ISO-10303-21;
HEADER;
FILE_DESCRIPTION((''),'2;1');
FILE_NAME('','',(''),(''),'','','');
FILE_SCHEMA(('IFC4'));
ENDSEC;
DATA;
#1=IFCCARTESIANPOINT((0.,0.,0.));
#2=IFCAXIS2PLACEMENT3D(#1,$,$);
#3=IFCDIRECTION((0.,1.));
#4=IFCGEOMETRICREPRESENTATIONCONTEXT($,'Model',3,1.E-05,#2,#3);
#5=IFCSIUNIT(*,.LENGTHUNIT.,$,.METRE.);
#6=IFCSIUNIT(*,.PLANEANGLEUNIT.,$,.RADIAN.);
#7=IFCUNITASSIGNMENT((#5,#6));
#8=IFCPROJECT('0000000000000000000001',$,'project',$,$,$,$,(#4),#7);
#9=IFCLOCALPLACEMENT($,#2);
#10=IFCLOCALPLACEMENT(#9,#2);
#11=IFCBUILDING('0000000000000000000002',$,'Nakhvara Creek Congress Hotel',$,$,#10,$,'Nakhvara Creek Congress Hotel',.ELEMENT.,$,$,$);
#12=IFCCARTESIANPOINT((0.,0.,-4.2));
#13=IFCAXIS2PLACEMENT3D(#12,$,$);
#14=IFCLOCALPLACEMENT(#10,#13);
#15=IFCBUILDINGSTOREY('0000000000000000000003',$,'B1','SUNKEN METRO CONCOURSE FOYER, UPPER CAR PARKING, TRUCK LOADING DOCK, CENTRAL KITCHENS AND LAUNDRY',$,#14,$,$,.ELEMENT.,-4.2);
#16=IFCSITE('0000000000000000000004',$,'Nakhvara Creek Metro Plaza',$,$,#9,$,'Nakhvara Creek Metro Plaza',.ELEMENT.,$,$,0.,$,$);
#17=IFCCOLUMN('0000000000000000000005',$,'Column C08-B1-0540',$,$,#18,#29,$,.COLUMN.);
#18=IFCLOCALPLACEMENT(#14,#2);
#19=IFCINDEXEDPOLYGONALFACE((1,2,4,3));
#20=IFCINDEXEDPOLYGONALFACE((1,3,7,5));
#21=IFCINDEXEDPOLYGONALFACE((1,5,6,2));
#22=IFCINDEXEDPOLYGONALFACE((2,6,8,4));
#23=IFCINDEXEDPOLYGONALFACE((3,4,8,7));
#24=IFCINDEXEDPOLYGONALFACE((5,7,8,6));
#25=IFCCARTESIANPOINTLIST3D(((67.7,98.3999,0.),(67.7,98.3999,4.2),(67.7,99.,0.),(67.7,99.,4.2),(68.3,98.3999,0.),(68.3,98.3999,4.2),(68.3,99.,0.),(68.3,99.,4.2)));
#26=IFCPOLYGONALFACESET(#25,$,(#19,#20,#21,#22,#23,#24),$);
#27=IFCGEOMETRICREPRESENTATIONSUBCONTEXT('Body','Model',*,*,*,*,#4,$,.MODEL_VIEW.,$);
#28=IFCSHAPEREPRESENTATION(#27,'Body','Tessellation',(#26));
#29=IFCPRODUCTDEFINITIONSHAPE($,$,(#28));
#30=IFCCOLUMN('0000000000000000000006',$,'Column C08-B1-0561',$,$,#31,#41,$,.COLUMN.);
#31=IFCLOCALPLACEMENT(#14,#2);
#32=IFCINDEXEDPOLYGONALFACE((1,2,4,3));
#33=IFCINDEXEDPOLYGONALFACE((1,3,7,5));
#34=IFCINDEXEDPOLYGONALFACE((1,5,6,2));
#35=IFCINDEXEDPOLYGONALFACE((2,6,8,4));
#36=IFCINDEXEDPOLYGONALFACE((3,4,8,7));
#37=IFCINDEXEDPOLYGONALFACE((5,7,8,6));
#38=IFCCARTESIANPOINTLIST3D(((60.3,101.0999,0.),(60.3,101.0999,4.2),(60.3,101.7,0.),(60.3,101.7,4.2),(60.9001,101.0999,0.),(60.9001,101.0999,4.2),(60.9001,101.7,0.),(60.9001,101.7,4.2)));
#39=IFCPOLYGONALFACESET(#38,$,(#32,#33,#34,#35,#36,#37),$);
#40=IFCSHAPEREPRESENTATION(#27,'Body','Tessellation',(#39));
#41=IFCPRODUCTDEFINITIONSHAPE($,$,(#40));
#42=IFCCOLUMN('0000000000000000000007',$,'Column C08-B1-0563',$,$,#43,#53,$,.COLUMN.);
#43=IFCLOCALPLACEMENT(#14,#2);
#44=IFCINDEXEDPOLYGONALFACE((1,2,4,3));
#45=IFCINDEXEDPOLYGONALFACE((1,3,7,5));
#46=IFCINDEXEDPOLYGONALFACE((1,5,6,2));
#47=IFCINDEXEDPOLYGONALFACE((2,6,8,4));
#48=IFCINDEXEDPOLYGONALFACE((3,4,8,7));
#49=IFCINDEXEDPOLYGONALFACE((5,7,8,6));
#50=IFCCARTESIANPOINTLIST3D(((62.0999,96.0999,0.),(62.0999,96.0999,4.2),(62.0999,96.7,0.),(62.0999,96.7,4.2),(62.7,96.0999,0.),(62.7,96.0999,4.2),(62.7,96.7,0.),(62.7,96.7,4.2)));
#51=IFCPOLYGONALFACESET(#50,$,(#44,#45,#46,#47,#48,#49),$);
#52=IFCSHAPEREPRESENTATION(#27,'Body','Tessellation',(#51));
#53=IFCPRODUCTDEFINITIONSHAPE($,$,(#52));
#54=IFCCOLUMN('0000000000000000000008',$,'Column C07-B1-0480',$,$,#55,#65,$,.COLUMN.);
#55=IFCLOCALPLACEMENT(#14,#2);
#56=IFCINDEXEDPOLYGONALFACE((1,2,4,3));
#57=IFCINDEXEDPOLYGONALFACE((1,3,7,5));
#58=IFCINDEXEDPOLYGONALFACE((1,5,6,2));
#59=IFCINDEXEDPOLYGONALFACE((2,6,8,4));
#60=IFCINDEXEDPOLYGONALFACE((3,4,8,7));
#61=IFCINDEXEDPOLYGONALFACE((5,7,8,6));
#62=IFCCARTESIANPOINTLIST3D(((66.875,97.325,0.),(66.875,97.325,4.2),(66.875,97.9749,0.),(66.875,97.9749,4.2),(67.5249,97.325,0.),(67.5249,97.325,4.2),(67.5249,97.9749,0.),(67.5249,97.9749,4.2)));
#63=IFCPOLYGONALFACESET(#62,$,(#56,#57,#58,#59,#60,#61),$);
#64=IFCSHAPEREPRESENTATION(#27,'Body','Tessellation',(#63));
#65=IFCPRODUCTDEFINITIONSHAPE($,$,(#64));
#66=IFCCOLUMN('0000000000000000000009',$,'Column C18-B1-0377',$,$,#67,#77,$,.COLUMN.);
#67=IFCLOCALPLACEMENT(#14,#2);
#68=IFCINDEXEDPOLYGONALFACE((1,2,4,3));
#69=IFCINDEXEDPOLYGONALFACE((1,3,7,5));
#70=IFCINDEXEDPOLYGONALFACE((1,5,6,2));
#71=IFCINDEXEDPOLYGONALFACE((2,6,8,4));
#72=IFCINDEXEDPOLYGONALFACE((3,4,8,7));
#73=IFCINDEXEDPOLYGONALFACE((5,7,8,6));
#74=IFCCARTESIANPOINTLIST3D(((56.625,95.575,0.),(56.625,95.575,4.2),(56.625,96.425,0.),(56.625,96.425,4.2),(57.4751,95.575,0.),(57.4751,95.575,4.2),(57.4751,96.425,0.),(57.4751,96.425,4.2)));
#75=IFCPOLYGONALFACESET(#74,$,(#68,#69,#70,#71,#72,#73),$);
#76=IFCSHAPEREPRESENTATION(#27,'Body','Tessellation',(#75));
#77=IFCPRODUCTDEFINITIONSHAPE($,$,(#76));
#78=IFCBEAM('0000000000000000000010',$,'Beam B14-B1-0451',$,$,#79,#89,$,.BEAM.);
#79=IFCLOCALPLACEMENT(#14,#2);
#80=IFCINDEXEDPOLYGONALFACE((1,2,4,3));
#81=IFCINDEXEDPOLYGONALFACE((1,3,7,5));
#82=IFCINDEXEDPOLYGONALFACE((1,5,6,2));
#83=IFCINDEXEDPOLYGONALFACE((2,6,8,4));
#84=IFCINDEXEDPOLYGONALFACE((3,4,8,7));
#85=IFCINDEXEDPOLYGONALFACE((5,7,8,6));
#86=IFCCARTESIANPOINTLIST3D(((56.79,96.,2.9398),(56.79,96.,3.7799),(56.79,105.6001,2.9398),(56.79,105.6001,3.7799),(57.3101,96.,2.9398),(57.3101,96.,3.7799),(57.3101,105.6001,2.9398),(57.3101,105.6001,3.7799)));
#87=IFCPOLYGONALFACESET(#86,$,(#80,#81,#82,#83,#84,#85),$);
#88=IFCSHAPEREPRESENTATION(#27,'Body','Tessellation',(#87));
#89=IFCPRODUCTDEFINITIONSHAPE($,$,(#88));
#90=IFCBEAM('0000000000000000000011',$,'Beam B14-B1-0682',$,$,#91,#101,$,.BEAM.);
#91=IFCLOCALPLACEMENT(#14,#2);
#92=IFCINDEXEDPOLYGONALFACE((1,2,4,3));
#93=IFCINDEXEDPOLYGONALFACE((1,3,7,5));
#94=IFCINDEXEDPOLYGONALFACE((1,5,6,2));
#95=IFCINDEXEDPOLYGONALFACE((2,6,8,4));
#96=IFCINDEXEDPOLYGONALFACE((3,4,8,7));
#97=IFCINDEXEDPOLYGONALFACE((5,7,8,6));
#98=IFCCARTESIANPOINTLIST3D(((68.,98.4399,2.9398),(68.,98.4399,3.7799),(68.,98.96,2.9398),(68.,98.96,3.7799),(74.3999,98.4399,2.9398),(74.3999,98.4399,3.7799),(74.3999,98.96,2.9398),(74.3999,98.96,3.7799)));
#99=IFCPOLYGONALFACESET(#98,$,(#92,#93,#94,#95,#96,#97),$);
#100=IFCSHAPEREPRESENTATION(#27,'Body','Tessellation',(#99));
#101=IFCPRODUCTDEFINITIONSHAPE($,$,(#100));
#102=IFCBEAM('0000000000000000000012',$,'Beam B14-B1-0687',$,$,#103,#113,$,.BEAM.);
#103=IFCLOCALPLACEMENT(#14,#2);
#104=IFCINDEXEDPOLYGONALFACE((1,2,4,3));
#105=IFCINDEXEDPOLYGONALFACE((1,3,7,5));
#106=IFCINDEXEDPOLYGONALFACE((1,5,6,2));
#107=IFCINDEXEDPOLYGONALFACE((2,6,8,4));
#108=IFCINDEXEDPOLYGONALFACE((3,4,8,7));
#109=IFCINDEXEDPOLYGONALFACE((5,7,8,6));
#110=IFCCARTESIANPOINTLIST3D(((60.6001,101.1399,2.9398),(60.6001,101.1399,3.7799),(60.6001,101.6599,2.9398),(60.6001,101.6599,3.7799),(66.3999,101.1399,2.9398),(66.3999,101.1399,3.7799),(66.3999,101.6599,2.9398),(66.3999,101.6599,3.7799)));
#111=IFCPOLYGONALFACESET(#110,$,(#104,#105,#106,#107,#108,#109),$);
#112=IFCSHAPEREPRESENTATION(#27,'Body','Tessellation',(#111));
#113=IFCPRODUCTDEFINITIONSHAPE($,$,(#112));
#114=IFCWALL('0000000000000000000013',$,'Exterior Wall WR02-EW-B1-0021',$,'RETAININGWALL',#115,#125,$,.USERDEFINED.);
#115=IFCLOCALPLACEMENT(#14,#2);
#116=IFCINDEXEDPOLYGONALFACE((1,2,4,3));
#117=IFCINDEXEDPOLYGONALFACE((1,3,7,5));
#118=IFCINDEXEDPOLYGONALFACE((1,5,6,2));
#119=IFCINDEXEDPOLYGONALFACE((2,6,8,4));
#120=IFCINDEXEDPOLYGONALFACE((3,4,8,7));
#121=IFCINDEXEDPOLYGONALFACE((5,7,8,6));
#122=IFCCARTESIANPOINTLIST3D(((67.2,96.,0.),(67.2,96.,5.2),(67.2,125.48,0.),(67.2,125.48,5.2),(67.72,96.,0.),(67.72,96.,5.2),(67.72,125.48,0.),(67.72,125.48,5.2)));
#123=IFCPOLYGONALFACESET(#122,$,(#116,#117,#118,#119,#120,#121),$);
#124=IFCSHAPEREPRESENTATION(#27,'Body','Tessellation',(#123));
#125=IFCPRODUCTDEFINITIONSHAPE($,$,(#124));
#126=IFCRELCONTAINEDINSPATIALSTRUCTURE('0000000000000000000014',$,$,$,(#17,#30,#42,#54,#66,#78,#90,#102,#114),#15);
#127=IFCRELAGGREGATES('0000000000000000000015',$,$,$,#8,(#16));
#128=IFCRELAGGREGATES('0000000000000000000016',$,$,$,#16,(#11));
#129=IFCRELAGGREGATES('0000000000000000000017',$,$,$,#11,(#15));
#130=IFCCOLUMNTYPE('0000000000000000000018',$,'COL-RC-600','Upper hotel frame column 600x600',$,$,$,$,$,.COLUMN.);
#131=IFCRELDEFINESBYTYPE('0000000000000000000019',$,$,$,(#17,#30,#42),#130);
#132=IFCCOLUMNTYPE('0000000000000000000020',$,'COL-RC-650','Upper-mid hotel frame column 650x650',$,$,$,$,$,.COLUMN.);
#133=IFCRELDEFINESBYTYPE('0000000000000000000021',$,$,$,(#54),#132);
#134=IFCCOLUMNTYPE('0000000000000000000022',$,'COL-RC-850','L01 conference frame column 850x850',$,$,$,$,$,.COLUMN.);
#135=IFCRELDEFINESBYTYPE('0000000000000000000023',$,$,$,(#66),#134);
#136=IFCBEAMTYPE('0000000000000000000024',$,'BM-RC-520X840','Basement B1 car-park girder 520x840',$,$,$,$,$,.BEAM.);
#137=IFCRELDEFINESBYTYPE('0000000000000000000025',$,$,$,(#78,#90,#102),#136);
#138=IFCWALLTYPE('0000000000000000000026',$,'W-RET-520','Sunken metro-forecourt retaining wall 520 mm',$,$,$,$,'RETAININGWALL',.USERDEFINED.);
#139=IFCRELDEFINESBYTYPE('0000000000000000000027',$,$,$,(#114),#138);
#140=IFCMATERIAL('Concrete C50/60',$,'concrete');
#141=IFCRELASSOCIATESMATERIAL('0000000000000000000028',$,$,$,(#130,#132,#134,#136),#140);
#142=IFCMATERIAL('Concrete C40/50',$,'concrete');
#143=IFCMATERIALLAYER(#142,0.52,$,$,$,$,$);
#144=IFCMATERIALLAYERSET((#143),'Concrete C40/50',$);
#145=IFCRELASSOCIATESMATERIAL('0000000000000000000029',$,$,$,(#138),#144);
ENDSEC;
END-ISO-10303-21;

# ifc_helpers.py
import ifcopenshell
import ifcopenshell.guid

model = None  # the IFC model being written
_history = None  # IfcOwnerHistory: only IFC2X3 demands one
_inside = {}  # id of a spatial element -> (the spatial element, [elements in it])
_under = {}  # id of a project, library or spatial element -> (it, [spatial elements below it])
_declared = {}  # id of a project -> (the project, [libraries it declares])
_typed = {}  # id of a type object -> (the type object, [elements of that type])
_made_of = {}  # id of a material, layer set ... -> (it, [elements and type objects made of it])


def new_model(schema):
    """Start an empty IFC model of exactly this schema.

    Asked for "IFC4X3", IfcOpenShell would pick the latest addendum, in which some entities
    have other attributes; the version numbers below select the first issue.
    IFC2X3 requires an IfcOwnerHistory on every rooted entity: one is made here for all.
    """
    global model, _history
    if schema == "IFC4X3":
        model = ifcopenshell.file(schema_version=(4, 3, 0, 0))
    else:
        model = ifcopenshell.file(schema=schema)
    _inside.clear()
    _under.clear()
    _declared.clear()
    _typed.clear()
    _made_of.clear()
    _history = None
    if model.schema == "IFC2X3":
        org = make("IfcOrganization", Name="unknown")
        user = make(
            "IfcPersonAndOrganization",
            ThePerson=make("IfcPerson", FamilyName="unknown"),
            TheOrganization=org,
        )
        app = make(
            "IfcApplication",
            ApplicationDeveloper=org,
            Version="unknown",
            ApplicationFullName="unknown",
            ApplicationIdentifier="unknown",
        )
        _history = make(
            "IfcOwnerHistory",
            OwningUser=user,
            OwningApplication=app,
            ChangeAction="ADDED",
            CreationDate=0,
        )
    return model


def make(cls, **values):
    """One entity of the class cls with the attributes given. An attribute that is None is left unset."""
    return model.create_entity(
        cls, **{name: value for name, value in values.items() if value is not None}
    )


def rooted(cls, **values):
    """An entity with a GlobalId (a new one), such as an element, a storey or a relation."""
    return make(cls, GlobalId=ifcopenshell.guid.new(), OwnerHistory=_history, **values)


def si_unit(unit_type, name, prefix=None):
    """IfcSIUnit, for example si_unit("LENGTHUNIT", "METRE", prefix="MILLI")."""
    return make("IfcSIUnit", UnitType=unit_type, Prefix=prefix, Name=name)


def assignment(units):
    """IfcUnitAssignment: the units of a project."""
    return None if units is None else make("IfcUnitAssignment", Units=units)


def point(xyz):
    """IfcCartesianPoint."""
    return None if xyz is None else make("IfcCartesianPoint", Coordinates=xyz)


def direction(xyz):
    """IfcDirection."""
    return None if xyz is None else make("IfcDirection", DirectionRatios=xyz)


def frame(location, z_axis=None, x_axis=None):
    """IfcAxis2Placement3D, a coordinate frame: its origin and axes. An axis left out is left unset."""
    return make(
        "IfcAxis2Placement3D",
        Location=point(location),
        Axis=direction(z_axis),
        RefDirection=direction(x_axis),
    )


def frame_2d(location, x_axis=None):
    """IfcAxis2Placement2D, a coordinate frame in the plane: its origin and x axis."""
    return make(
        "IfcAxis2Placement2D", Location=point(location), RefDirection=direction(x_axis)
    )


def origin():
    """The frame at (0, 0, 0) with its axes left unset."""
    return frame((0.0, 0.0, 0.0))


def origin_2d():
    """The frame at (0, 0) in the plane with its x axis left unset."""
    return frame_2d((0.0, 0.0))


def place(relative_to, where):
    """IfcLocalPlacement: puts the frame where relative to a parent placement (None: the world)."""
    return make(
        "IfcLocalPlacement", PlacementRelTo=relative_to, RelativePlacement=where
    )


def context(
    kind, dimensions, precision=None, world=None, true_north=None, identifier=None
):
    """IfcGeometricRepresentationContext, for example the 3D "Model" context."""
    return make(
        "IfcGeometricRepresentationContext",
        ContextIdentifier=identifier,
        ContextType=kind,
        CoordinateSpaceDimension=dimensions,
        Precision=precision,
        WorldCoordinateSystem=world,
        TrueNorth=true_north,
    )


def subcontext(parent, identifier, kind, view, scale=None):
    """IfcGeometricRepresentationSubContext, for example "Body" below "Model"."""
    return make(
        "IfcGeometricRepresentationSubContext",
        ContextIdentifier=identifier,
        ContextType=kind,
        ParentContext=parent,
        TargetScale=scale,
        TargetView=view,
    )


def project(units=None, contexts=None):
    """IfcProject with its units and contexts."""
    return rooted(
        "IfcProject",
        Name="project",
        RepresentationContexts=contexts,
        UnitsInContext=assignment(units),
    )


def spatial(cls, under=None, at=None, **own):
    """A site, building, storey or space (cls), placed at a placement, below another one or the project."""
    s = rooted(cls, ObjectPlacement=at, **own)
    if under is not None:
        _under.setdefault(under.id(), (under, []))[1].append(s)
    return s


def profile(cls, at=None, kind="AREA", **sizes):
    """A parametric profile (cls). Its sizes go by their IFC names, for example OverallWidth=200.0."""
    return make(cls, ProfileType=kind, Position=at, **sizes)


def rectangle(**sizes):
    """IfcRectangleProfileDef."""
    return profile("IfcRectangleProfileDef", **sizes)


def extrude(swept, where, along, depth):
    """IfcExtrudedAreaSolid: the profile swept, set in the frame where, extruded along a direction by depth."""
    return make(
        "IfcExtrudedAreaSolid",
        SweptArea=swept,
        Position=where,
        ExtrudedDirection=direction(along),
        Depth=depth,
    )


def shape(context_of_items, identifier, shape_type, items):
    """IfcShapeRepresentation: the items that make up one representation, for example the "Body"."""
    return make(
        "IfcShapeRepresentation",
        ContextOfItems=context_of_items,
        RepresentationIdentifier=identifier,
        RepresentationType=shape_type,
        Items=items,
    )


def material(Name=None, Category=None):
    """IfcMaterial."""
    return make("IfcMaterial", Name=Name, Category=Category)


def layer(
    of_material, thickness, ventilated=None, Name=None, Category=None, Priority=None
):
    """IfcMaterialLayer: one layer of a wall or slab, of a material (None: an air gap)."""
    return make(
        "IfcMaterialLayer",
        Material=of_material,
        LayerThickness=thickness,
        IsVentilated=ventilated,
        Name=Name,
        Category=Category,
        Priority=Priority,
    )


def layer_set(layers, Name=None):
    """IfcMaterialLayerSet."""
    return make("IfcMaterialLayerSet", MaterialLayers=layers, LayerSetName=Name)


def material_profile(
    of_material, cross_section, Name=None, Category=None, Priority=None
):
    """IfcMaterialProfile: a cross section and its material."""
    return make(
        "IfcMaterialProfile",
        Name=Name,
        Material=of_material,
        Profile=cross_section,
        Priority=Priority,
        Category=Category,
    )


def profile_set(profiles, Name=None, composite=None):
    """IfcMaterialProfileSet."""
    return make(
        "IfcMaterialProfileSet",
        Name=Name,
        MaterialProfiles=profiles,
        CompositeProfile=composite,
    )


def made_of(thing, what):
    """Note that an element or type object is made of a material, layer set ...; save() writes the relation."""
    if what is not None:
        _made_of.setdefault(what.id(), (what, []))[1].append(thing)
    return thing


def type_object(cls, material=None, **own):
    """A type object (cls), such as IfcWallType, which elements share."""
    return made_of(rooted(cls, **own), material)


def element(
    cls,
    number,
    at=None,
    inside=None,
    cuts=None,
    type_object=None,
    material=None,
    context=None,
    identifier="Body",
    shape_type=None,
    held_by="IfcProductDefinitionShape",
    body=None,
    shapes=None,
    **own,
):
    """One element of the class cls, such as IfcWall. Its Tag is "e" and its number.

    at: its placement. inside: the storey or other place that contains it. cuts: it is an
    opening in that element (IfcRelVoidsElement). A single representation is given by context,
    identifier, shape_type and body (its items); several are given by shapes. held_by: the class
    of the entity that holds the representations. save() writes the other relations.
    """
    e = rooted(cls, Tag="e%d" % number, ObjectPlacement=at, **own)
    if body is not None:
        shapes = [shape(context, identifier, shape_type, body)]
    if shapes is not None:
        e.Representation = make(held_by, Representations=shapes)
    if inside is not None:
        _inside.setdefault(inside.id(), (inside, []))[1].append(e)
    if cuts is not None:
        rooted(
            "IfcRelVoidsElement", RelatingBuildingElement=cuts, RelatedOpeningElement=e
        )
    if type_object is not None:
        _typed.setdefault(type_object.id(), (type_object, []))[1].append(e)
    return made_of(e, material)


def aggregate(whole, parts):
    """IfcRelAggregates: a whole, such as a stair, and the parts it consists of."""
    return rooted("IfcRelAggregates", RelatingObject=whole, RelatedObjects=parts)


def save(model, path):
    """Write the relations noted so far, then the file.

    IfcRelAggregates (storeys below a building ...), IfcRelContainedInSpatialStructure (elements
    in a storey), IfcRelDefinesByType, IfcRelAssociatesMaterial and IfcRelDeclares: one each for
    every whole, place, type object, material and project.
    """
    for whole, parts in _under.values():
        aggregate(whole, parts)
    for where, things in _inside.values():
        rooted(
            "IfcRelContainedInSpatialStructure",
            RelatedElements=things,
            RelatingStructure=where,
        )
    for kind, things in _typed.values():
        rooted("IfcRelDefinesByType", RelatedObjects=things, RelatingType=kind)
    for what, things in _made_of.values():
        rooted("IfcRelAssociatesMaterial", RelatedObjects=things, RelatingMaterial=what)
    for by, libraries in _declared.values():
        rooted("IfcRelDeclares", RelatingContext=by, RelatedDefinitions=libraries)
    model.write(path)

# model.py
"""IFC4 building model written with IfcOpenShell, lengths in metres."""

from ifc_helpers import new_model, si_unit, direction, frame, frame_2d, origin, origin_2d, place, context, subcontext, project, spatial, rectangle, extrude, material, layer, layer_set, material_profile, profile_set, type_object, element, save


model = new_model("IFC4")

# Units and contexts
model_context = context("Model", 3, precision=1e-05, world=origin(), true_north=direction((0.0, 1.0)))
body_context = subcontext(model_context, "Body", "Model", "MODEL_VIEW")
ifc_project = project(units=[si_unit("LENGTHUNIT", "METRE"), si_unit("PLANEANGLEUNIT", "RADIAN")], contexts=[model_context])

# Site, building, storey
site_placement = place(None, origin())
site = spatial("IfcSite", under=ifc_project, at=site_placement, Name="Nakhvara Creek Metro Plaza", LongName="Nakhvara Creek Metro Plaza", CompositionType="ELEMENT", RefElevation=0.0)
building_placement = place(site_placement, origin())
building = spatial("IfcBuilding", under=site, at=building_placement, Name="Nakhvara Creek Congress Hotel", LongName="Nakhvara Creek Congress Hotel", CompositionType="ELEMENT")
storey_placement = place(building_placement, frame((0.0, 0.0, -4.2)))
storey = spatial("IfcBuildingStorey", under=building, at=storey_placement, Name="B1", Description="SUNKEN METRO CONCOURSE FOYER, UPPER CAR PARKING, TRUCK LOADING DOCK, CENTRAL KITCHENS AND LAUNDRY", CompositionType="ELEMENT", Elevation=-4.2)

# Columns
ifc_material_1 = material(Name="Concrete C50/60", Category="concrete")
ifc_material_profile_1 = material_profile(ifc_material_1, rectangle(XDim=0.6001, YDim=0.6001, at=origin_2d()), Name="RC-COL 600x600", Category="LoadBearing")
ifc_profile_set_1 = profile_set([ifc_material_profile_1], Name="Concrete C50/60")
column_type_1 = type_object("IfcColumnType", Name="COL-RC-600", Description="Upper hotel frame column 600x600", PredefinedType="COLUMN", material=ifc_profile_set_1)
for number, where, z_axis, x_axis, name in (
    (1, (68.0, 98.7, 0.0), (0.0, 0.0, 1.0), (1.0, 0.0, 0.0), "Column C08-B1-0540"),
    (2, (60.6001, 101.3999, 0.0), (0.0, 0.0, 1.0), (1.0, 0.0, 0.0), "Column C08-B1-0561"),
    (3, (62.3999, 96.3999, 0.0), (0.0, 0.0, 1.0), (1.0, 0.0, 0.0), "Column C08-B1-0563"),
):
    element("IfcColumn", number, at=place(storey_placement, frame(where, z_axis=z_axis, x_axis=x_axis)), inside=storey, type_object=column_type_1, Name=name, PredefinedType="COLUMN", context=body_context, shape_type="SweptSolid", body=[
        extrude(rectangle(XDim=0.6001, YDim=0.6001, at=origin_2d()), origin(), (0.0, 0.0, 1.0), 4.2),
    ])
ifc_material_profile_2 = material_profile(ifc_material_1, rectangle(XDim=0.6499, YDim=0.6499, at=origin_2d()), Name="RC-COL 650x650", Category="LoadBearing")
ifc_profile_set_2 = profile_set([ifc_material_profile_2], Name="Concrete C50/60")
column_type_2 = type_object("IfcColumnType", Name="COL-RC-650", Description="Upper-mid hotel frame column 650x650", PredefinedType="COLUMN", material=ifc_profile_set_2)
column_1_placement = place(storey_placement, frame((67.2, 97.6499, 0.0), z_axis=(0.0, 0.0, 1.0), x_axis=(1.0, 0.0, 0.0)))
element("IfcColumn", 4, at=column_1_placement, inside=storey, type_object=column_type_2, Name="Column C07-B1-0480", PredefinedType="COLUMN", context=body_context, shape_type="SweptSolid", body=[
    extrude(rectangle(XDim=0.6499, YDim=0.6499, at=origin_2d()), origin(), (0.0, 0.0, 1.0), 4.2),
])
ifc_material_profile_3 = material_profile(ifc_material_1, rectangle(XDim=0.8501, YDim=0.8501, at=origin_2d()), Name="RC-COL 850x850", Category="LoadBearing")
ifc_profile_set_3 = profile_set([ifc_material_profile_3], Name="Concrete C50/60")
column_type_3 = type_object("IfcColumnType", Name="COL-RC-850", Description="L01 conference frame column 850x850", PredefinedType="COLUMN", material=ifc_profile_set_3)
column_2_placement = place(storey_placement, frame((57.05, 96.0, 0.0), z_axis=(0.0, 0.0, 1.0), x_axis=(1.0, 0.0, 0.0)))
element("IfcColumn", 5, at=column_2_placement, inside=storey, type_object=column_type_3, Name="Column C18-B1-0377", PredefinedType="COLUMN", context=body_context, shape_type="SweptSolid", body=[
    extrude(rectangle(XDim=0.8501, YDim=0.8501, at=origin_2d()), origin(), (0.0, 0.0, 1.0), 4.2),
])

# Beams
ifc_material_profile_4 = material_profile(ifc_material_1, rectangle(XDim=0.52, YDim=0.8401, at=origin_2d()), Name="RC-BM 520x840", Category="LoadBearing")
ifc_profile_set_4 = profile_set([ifc_material_profile_4], Name="Concrete C50/60")
beam_type = type_object("IfcBeamType", Name="BM-RC-520X840", Description="Basement B1 car-park girder 520x840", PredefinedType="BEAM", material=ifc_profile_set_4)
beam_1_placement = place(storey_placement, frame((57.05, 96.0, 3.3599), z_axis=(0.0, 1.0, 0.0), x_axis=(-1.0, 0.0, 0.0)))
element("IfcBeam", 6, at=beam_1_placement, inside=storey, type_object=beam_type, Name="Beam B14-B1-0451", PredefinedType="BEAM", context=body_context, shape_type="SweptSolid", body=[
    extrude(rectangle(XDim=0.52, YDim=0.8401, at=origin_2d()), origin(), (0.0, 0.0, 1.0), 9.6001),
])
beam_2_placement = place(storey_placement, frame((68.0, 98.7, 3.3599), z_axis=(1.0, 0.0, 0.0), x_axis=(0.0, 1.0, 0.0)))
element("IfcBeam", 7, at=beam_2_placement, inside=storey, type_object=beam_type, Name="Beam B14-B1-0682", PredefinedType="BEAM", context=body_context, shape_type="SweptSolid", body=[
    extrude(rectangle(XDim=0.52, YDim=0.8401, at=origin_2d()), origin(), (0.0, 0.0, 1.0), 6.3999),
])
beam_3_placement = place(storey_placement, frame((60.6001, 101.3999, 3.3599), z_axis=(1.0, 0.0, 0.0), x_axis=(0.0, 1.0, 0.0)))
element("IfcBeam", 8, at=beam_3_placement, inside=storey, type_object=beam_type, Name="Beam B14-B1-0687", PredefinedType="BEAM", context=body_context, shape_type="SweptSolid", body=[
    extrude(rectangle(XDim=0.52, YDim=0.8401, at=origin_2d()), origin(), (0.0, 0.0, 1.0), 5.7998),
])

# Wall
ifc_material_2 = material(Name="Concrete C40/50", Category="concrete")
ifc_layer_1 = layer(ifc_material_2, 0.52)
ifc_layer_set_1 = layer_set([ifc_layer_1], Name="Concrete C40/50")
wall_type_1 = type_object("IfcWallType", Name="W-RET-520", Description="Sunken metro-forecourt retaining wall 520 mm", ElementType="RETAININGWALL", PredefinedType="USERDEFINED", material=ifc_layer_set_1)
wall_1_placement = place(storey_placement, frame((67.46, 96.0, 0.0), z_axis=(0.0, 0.0, 1.0), x_axis=(0.0, 1.0, 0.0)))
element("IfcWall", 9, at=wall_1_placement, inside=storey, type_object=wall_type_1, Name="Exterior Wall WR02-EW-B1-0021", ObjectType="RETAININGWALL", PredefinedType="USERDEFINED", context=body_context, shape_type="SweptSolid", body=[
    extrude(rectangle(XDim=29.48, YDim=0.52, at=frame_2d((14.74, 0.0))), origin(), (0.0, 0.0, 1.0), 5.2),
])

save(model, "model.ifc")
